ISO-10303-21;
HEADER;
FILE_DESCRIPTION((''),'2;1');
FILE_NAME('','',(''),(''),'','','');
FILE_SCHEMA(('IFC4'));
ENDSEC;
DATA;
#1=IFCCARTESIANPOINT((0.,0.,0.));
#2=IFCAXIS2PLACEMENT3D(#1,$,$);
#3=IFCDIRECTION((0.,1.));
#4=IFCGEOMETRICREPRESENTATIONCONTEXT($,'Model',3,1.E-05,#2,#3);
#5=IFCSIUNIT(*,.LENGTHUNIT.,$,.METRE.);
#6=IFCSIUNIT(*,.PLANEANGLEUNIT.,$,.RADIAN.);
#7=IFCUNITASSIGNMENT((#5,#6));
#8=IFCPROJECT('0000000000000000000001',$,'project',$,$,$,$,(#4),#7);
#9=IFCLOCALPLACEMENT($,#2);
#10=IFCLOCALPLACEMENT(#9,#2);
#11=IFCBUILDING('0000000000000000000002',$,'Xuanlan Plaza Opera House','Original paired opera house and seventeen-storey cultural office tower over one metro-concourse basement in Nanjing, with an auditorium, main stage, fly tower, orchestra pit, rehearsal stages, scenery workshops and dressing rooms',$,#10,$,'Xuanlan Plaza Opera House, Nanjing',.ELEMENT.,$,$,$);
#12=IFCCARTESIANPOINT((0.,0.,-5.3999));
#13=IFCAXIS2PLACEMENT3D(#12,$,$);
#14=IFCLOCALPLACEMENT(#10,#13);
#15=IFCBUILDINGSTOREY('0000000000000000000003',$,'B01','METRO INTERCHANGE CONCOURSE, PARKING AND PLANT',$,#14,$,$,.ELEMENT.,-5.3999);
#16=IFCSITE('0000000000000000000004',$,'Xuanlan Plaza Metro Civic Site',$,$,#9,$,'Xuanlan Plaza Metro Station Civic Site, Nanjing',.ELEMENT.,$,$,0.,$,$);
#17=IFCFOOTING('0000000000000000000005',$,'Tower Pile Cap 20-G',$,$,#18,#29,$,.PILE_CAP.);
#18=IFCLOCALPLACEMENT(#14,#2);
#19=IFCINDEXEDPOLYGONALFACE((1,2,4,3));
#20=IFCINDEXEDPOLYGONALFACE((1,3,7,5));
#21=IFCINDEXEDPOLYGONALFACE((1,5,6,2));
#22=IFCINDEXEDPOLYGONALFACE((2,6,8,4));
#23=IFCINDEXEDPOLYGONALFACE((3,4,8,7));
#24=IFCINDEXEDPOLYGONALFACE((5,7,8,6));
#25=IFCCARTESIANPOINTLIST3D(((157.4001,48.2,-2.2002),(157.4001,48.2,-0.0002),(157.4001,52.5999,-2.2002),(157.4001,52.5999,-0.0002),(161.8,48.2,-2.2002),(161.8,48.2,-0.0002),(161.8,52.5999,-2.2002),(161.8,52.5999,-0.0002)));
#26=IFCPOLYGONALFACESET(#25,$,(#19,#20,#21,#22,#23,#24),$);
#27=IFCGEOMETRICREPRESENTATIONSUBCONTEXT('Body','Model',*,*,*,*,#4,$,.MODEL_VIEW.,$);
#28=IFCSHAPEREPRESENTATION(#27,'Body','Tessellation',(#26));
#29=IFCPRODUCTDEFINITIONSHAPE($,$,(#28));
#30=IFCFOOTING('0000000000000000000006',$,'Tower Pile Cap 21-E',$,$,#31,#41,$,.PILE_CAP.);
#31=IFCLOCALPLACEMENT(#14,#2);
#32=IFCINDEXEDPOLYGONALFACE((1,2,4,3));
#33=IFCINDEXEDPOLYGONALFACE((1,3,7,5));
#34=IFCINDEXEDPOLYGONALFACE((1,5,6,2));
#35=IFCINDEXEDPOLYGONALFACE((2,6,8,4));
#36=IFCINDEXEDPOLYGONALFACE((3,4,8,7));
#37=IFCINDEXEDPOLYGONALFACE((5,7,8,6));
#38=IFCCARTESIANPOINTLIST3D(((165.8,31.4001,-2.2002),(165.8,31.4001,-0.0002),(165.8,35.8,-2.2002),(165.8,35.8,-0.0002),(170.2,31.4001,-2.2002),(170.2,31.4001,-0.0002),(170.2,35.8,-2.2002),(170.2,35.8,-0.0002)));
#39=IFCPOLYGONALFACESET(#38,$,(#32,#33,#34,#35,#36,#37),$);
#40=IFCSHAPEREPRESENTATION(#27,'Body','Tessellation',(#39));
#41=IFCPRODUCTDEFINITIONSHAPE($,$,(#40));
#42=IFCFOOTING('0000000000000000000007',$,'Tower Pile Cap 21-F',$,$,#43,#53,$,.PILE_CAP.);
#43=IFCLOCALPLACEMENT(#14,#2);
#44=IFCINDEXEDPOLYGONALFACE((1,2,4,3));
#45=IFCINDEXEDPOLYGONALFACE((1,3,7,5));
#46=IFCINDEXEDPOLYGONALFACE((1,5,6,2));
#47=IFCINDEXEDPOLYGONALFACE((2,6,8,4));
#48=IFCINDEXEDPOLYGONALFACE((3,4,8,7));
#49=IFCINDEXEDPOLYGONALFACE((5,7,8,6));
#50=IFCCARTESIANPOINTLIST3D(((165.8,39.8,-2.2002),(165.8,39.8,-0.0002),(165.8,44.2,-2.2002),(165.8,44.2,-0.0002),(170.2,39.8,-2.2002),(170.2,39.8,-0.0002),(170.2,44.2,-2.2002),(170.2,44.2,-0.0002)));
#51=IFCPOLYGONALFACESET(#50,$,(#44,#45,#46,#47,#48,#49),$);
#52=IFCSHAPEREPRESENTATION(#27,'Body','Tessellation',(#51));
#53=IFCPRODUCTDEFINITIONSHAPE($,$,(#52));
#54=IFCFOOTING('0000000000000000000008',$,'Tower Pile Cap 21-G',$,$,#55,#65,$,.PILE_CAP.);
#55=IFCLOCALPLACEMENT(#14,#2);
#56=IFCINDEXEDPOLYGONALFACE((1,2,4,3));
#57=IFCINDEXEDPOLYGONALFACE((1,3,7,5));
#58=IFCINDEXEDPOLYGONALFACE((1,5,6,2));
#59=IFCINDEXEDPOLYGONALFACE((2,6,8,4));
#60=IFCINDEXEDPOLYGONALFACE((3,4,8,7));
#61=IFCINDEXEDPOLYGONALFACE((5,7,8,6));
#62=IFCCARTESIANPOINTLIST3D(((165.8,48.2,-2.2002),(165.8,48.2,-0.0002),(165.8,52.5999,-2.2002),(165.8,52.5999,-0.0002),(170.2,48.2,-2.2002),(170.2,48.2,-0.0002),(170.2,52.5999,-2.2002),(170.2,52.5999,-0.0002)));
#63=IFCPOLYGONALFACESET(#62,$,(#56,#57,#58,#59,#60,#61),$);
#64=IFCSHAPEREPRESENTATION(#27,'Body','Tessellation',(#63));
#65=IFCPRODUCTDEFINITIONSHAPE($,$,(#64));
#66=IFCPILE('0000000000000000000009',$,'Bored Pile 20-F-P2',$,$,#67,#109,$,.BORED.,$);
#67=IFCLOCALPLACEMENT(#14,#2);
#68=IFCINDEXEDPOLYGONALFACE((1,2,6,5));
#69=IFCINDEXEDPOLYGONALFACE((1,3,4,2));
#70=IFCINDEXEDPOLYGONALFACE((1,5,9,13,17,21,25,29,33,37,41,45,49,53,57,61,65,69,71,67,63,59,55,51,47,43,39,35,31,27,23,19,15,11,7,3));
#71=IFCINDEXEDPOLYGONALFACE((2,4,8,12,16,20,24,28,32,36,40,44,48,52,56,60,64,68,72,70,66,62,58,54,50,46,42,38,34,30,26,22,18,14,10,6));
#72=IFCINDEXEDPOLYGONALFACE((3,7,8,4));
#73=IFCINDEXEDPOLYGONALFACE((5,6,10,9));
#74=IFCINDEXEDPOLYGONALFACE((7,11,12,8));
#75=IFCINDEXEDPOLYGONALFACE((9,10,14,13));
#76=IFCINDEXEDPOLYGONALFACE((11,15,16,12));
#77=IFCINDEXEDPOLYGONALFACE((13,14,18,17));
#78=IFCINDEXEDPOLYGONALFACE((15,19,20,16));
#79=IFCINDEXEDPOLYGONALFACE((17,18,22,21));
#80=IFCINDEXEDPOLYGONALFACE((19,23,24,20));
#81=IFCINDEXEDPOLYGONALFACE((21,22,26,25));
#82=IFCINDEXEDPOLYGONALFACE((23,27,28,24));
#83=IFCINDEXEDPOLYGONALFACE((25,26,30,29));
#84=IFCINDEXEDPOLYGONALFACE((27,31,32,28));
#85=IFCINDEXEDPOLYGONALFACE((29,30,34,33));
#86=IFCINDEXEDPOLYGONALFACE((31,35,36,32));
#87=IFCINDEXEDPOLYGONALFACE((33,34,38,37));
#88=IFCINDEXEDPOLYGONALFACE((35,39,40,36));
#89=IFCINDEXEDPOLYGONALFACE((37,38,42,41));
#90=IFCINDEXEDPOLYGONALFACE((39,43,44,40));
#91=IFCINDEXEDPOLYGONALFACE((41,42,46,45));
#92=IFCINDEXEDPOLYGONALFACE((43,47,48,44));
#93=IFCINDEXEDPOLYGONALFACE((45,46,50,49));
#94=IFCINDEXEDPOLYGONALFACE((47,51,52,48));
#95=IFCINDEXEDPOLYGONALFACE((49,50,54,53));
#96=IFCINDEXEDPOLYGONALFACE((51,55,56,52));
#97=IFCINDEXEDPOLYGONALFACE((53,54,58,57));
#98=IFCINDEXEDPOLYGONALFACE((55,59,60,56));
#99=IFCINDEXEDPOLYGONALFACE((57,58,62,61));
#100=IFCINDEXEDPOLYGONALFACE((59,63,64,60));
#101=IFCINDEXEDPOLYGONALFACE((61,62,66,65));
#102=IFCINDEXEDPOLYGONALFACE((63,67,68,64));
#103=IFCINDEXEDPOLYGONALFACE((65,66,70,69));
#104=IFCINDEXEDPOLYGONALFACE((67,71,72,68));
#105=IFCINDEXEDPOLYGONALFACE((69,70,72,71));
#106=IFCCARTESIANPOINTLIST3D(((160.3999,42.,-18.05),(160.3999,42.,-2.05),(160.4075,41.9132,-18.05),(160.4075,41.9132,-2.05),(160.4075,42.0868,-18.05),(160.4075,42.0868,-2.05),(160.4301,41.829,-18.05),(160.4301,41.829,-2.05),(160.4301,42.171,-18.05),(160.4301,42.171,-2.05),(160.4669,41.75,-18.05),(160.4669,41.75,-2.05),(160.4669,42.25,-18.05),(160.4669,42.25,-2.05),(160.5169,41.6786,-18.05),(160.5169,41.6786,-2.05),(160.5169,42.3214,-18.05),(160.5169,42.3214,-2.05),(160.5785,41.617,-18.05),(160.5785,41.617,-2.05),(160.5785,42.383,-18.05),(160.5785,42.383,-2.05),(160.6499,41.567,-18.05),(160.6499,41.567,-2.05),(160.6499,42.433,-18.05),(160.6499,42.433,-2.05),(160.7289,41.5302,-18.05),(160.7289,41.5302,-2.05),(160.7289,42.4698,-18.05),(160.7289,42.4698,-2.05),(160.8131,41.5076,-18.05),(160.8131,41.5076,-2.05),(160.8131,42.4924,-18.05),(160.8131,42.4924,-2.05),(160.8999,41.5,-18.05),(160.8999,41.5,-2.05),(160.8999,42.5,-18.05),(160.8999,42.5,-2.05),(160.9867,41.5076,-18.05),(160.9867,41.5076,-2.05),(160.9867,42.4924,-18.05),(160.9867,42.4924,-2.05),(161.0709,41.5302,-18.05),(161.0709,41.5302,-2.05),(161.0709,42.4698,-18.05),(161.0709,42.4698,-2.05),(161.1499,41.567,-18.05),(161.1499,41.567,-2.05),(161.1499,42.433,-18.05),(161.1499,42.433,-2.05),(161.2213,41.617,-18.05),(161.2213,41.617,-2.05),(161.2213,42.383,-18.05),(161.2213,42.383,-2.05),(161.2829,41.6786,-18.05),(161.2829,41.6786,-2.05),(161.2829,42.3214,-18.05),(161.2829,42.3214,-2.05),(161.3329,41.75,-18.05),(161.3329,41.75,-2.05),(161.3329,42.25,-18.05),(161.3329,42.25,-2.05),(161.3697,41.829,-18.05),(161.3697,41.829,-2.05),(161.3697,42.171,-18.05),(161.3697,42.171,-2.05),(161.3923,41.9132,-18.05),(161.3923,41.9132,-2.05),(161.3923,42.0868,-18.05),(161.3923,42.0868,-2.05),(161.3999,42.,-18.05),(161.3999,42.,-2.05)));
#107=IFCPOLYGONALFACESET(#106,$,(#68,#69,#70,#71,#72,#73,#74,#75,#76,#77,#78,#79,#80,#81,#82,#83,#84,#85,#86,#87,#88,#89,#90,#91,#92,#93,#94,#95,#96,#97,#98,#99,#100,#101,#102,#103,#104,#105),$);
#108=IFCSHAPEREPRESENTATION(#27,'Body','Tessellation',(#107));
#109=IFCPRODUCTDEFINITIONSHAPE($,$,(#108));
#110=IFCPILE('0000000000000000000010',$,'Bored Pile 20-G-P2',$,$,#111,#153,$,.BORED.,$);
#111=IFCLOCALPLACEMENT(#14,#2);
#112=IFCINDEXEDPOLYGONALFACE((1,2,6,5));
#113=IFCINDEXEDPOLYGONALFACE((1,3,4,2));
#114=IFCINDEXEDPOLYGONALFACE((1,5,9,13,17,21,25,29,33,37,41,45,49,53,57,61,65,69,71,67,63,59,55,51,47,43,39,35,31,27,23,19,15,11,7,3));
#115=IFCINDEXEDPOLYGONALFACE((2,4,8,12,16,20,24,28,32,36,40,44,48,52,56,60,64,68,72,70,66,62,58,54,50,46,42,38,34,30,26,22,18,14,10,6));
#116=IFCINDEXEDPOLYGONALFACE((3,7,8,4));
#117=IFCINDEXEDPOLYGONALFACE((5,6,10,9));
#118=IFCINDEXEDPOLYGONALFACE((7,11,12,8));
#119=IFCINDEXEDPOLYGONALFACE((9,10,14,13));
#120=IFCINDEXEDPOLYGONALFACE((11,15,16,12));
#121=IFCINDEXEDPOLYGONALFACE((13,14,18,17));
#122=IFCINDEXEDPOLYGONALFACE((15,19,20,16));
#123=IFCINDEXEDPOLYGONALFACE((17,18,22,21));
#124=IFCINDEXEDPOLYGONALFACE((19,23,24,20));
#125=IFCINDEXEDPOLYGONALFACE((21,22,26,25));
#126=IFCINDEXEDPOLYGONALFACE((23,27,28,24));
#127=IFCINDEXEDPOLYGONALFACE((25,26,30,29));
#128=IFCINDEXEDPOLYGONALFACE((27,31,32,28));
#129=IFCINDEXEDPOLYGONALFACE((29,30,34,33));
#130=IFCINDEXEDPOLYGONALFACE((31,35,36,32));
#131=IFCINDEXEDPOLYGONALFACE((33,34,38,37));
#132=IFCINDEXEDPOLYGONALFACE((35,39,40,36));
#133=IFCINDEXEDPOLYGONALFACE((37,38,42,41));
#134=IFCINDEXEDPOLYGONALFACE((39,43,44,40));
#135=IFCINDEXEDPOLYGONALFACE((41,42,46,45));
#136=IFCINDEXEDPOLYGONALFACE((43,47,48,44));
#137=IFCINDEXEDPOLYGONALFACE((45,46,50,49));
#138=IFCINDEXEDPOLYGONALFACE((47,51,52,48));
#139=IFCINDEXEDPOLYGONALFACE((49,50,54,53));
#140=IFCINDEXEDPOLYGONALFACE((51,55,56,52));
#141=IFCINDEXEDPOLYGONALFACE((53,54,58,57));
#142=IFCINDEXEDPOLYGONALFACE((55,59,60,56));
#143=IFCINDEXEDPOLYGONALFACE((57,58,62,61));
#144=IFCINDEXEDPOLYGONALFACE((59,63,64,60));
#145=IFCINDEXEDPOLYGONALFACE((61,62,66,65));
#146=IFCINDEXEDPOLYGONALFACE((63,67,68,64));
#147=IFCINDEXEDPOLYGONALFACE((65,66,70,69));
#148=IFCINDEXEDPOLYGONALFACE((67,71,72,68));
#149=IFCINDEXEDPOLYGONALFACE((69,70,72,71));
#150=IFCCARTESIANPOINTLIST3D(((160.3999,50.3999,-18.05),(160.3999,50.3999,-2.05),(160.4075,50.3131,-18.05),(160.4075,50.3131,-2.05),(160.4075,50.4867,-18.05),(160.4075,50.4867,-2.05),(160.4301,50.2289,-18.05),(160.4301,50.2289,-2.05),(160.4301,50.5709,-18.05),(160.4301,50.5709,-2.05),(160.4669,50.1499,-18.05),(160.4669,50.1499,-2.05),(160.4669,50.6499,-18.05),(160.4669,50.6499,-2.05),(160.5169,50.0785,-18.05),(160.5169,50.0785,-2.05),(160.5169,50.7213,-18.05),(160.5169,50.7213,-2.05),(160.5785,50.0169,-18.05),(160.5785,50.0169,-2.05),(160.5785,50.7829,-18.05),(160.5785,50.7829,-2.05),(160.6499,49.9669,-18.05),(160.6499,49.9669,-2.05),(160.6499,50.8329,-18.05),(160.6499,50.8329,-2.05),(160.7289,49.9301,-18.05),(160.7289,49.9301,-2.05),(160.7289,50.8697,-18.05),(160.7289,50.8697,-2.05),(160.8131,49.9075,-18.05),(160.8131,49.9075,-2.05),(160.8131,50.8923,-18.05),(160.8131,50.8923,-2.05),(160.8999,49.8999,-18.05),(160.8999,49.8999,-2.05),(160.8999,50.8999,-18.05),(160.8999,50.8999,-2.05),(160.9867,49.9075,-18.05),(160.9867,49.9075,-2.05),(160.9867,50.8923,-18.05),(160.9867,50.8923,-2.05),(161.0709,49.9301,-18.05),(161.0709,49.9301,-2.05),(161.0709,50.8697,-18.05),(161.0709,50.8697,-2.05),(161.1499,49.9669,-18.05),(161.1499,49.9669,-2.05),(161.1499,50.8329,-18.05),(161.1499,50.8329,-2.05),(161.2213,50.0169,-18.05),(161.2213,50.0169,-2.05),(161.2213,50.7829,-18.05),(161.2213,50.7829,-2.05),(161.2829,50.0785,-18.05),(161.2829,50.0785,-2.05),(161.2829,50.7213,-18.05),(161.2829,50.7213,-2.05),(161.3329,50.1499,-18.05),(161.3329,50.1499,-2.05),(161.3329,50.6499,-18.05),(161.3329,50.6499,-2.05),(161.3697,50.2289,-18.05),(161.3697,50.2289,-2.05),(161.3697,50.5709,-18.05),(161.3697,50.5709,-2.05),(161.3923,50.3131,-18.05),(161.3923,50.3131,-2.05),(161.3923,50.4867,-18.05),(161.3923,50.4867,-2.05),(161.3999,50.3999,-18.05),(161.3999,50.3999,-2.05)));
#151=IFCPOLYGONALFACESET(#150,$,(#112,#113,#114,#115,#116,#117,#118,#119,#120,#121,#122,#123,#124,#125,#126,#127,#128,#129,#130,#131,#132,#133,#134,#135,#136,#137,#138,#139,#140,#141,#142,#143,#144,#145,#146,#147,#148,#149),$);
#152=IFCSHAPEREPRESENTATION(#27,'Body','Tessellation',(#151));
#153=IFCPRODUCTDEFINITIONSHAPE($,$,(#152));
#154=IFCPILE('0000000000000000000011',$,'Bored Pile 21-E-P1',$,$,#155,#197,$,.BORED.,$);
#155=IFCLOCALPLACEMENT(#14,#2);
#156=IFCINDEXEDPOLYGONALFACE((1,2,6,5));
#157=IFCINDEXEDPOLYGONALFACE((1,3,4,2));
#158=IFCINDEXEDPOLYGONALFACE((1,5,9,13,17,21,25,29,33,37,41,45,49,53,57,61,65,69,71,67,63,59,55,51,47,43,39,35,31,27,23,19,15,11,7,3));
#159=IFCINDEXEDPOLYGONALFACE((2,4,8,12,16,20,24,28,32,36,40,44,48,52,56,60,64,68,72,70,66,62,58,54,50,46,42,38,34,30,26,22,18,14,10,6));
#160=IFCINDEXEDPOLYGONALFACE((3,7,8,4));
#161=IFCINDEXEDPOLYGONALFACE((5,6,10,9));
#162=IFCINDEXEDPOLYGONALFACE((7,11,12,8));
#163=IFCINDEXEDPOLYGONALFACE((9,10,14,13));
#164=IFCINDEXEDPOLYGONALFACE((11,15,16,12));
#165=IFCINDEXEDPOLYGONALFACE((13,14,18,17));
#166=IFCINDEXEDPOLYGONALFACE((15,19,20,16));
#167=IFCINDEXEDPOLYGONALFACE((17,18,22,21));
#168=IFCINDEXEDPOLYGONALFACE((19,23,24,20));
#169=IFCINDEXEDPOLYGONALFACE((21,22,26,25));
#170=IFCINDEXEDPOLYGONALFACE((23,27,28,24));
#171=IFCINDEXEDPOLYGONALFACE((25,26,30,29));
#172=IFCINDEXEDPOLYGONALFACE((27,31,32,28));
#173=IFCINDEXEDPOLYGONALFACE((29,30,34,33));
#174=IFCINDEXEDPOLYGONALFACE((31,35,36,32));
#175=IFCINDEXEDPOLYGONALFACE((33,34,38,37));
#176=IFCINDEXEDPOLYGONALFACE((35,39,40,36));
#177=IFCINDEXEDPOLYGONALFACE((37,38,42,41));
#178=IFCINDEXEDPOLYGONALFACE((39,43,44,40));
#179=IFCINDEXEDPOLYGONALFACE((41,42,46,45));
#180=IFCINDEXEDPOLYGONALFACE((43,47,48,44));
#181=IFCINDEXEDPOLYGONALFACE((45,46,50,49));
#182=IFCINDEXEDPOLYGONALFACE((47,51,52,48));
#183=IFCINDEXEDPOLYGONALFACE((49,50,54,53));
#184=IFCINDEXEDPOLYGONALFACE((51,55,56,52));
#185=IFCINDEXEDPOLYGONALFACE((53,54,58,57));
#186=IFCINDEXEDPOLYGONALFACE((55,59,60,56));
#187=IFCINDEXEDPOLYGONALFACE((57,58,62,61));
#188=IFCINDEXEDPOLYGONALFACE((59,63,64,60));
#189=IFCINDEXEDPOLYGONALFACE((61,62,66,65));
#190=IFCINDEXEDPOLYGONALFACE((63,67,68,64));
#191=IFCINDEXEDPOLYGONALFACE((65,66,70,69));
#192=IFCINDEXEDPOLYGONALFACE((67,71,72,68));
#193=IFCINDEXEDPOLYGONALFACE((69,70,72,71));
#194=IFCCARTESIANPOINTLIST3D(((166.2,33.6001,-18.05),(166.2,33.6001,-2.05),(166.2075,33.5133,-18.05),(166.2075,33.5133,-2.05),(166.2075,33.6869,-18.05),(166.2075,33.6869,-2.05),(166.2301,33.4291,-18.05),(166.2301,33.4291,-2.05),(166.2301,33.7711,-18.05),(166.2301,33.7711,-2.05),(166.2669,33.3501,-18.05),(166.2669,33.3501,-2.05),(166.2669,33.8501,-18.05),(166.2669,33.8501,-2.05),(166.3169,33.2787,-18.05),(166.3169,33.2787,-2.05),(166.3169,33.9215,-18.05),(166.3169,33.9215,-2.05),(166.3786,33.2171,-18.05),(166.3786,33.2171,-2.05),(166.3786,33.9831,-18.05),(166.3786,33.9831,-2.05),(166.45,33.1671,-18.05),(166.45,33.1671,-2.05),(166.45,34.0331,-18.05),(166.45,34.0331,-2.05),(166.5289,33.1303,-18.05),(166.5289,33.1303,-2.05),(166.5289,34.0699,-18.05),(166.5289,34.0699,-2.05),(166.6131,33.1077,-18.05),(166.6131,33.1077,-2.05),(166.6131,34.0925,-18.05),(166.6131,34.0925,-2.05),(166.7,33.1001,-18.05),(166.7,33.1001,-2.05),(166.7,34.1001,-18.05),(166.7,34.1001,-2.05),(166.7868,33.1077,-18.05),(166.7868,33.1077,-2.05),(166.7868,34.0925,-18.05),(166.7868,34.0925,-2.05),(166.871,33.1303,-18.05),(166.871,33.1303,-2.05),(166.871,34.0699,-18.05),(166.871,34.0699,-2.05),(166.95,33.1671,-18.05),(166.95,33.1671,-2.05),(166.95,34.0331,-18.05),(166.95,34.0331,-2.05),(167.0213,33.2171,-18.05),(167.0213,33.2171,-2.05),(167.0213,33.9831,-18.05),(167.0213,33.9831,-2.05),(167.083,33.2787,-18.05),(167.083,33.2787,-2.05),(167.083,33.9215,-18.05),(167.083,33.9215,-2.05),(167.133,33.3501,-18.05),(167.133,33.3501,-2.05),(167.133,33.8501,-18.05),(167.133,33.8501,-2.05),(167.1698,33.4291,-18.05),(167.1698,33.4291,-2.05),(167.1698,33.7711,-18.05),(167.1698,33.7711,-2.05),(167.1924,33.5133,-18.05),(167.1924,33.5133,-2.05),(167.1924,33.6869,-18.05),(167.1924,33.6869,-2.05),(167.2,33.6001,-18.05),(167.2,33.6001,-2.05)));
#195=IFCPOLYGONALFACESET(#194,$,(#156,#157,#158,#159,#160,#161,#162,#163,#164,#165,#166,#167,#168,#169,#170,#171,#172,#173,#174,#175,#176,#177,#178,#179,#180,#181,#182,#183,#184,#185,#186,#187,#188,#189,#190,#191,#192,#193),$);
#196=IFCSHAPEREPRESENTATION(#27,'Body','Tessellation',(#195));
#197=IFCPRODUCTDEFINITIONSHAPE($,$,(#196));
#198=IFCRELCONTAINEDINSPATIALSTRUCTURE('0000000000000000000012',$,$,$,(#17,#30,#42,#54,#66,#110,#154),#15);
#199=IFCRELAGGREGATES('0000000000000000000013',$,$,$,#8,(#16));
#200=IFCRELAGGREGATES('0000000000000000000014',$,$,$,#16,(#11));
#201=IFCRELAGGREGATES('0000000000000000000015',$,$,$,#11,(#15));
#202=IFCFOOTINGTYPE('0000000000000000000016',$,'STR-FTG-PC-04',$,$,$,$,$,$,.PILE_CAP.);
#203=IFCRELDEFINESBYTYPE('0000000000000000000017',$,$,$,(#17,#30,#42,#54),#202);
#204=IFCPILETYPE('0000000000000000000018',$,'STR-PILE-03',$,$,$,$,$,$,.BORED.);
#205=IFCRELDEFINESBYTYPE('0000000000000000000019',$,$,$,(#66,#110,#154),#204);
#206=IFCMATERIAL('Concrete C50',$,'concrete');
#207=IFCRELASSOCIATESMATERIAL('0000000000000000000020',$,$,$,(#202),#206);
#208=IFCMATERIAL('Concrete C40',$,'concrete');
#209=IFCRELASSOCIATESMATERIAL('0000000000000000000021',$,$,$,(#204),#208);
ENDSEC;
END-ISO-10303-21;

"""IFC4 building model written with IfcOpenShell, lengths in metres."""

from ifc_helpers import new_model, si_unit, direction, frame, origin, origin_2d, place, context, subcontext, project, spatial, rectangle, circle, extrude, material, material_profile, profile_set, type_object, element, save


model = new_model("IFC4")

# Units and contexts
model_context = context("Model", 3, precision=1e-05, world=origin(), true_north=direction((0.0, 1.0)))
body_context = subcontext(model_context, "Body", "Model", "MODEL_VIEW")
ifc_project = project(units=[si_unit("LENGTHUNIT", "METRE"), si_unit("PLANEANGLEUNIT", "RADIAN")], contexts=[model_context])

# Site, building, storey
site_placement = place(None, origin())
site = spatial("IfcSite", under=ifc_project, at=site_placement, Name="Xuanlan Plaza Metro Civic Site", LongName="Xuanlan Plaza Metro Station Civic Site, Nanjing", CompositionType="ELEMENT", RefElevation=0.0)
building_placement = place(site_placement, origin())
building = spatial("IfcBuilding", under=site, at=building_placement, Name="Xuanlan Plaza Opera House", Description="Original paired opera house and seventeen-storey cultural office tower over one metro-concourse basement in Nanjing, with an auditorium, main stage, fly tower, orchestra pit, rehearsal stages, scenery workshops and dressing rooms", LongName="Xuanlan Plaza Opera House, Nanjing", CompositionType="ELEMENT")
storey_placement = place(building_placement, frame((0.0, 0.0, -5.3999)))
storey = spatial("IfcBuildingStorey", under=building, at=storey_placement, Name="B01", Description="METRO INTERCHANGE CONCOURSE, PARKING AND PLANT", CompositionType="ELEMENT", Elevation=-5.3999)

# Footings
ifc_material_1 = material(Name="Concrete C50", Category="concrete")
footing_type = type_object("IfcFootingType", Name="STR-FTG-PC-04", PredefinedType="PILE_CAP", material=ifc_material_1)
for number, where, z_axis, x_axis, name in (
    (1, (159.6001, 50.3999, -2.2002), (0.0, 0.0, 1.0), (1.0, 0.0, 0.0), "Tower Pile Cap 20-G"),
    (2, (168.0, 33.6001, -2.2002), (0.0, 0.0, 1.0), (1.0, 0.0, 0.0), "Tower Pile Cap 21-E"),
    (3, (168.0, 42.0, -2.2002), (0.0, 0.0, 1.0), (1.0, 0.0, 0.0), "Tower Pile Cap 21-F"),
    (4, (168.0, 50.3999, -2.2002), (0.0, 0.0, 1.0), (1.0, 0.0, 0.0), "Tower Pile Cap 21-G"),
):
    element("IfcFooting", number, at=place(storey_placement, frame(where, z_axis=z_axis, x_axis=x_axis)), inside=storey, type_object=footing_type, Name=name, PredefinedType="PILE_CAP", context=body_context, shape_type="SweptSolid", body=[
        extrude(rectangle(XDim=4.3999, YDim=4.3999, at=origin_2d()), origin(), (0.0, 0.0, 1.0), 2.2),
    ])

# Piles
ifc_material_2 = material(Name="Concrete C40", Category="concrete")
ifc_material_profile_1 = material_profile(ifc_material_2, circle(Radius=0.5, at=origin_2d()), Name="PILE D1000")
ifc_profile_set_1 = profile_set([ifc_material_profile_1], Name="Concrete C40")
pile_type = type_object("IfcPileType", Name="STR-PILE-03", PredefinedType="BORED", material=ifc_profile_set_1)
for number, where, z_axis, x_axis, name in (
    (5, (160.8999, 42.0, -2.05), (0.0, 0.0, -1.0), (1.0, 0.0, 0.0), "Bored Pile 20-F-P2"),
    (6, (160.8999, 50.3999, -2.05), (0.0, 0.0, -1.0), (1.0, 0.0, 0.0), "Bored Pile 20-G-P2"),
    (7, (166.7, 33.6001, -2.05), (0.0, 0.0, -1.0), (1.0, 0.0, 0.0), "Bored Pile 21-E-P1"),
):
    element("IfcPile", number, at=place(storey_placement, frame(where, z_axis=z_axis, x_axis=x_axis)), inside=storey, type_object=pile_type, Name=name, PredefinedType="BORED", context=body_context, shape_type="SweptSolid", body=[
        extrude(circle(Radius=0.5, at=origin_2d()), origin(), (0.0, 0.0, 1.0), 16.0),
    ])

save(model, "model.ifc")
